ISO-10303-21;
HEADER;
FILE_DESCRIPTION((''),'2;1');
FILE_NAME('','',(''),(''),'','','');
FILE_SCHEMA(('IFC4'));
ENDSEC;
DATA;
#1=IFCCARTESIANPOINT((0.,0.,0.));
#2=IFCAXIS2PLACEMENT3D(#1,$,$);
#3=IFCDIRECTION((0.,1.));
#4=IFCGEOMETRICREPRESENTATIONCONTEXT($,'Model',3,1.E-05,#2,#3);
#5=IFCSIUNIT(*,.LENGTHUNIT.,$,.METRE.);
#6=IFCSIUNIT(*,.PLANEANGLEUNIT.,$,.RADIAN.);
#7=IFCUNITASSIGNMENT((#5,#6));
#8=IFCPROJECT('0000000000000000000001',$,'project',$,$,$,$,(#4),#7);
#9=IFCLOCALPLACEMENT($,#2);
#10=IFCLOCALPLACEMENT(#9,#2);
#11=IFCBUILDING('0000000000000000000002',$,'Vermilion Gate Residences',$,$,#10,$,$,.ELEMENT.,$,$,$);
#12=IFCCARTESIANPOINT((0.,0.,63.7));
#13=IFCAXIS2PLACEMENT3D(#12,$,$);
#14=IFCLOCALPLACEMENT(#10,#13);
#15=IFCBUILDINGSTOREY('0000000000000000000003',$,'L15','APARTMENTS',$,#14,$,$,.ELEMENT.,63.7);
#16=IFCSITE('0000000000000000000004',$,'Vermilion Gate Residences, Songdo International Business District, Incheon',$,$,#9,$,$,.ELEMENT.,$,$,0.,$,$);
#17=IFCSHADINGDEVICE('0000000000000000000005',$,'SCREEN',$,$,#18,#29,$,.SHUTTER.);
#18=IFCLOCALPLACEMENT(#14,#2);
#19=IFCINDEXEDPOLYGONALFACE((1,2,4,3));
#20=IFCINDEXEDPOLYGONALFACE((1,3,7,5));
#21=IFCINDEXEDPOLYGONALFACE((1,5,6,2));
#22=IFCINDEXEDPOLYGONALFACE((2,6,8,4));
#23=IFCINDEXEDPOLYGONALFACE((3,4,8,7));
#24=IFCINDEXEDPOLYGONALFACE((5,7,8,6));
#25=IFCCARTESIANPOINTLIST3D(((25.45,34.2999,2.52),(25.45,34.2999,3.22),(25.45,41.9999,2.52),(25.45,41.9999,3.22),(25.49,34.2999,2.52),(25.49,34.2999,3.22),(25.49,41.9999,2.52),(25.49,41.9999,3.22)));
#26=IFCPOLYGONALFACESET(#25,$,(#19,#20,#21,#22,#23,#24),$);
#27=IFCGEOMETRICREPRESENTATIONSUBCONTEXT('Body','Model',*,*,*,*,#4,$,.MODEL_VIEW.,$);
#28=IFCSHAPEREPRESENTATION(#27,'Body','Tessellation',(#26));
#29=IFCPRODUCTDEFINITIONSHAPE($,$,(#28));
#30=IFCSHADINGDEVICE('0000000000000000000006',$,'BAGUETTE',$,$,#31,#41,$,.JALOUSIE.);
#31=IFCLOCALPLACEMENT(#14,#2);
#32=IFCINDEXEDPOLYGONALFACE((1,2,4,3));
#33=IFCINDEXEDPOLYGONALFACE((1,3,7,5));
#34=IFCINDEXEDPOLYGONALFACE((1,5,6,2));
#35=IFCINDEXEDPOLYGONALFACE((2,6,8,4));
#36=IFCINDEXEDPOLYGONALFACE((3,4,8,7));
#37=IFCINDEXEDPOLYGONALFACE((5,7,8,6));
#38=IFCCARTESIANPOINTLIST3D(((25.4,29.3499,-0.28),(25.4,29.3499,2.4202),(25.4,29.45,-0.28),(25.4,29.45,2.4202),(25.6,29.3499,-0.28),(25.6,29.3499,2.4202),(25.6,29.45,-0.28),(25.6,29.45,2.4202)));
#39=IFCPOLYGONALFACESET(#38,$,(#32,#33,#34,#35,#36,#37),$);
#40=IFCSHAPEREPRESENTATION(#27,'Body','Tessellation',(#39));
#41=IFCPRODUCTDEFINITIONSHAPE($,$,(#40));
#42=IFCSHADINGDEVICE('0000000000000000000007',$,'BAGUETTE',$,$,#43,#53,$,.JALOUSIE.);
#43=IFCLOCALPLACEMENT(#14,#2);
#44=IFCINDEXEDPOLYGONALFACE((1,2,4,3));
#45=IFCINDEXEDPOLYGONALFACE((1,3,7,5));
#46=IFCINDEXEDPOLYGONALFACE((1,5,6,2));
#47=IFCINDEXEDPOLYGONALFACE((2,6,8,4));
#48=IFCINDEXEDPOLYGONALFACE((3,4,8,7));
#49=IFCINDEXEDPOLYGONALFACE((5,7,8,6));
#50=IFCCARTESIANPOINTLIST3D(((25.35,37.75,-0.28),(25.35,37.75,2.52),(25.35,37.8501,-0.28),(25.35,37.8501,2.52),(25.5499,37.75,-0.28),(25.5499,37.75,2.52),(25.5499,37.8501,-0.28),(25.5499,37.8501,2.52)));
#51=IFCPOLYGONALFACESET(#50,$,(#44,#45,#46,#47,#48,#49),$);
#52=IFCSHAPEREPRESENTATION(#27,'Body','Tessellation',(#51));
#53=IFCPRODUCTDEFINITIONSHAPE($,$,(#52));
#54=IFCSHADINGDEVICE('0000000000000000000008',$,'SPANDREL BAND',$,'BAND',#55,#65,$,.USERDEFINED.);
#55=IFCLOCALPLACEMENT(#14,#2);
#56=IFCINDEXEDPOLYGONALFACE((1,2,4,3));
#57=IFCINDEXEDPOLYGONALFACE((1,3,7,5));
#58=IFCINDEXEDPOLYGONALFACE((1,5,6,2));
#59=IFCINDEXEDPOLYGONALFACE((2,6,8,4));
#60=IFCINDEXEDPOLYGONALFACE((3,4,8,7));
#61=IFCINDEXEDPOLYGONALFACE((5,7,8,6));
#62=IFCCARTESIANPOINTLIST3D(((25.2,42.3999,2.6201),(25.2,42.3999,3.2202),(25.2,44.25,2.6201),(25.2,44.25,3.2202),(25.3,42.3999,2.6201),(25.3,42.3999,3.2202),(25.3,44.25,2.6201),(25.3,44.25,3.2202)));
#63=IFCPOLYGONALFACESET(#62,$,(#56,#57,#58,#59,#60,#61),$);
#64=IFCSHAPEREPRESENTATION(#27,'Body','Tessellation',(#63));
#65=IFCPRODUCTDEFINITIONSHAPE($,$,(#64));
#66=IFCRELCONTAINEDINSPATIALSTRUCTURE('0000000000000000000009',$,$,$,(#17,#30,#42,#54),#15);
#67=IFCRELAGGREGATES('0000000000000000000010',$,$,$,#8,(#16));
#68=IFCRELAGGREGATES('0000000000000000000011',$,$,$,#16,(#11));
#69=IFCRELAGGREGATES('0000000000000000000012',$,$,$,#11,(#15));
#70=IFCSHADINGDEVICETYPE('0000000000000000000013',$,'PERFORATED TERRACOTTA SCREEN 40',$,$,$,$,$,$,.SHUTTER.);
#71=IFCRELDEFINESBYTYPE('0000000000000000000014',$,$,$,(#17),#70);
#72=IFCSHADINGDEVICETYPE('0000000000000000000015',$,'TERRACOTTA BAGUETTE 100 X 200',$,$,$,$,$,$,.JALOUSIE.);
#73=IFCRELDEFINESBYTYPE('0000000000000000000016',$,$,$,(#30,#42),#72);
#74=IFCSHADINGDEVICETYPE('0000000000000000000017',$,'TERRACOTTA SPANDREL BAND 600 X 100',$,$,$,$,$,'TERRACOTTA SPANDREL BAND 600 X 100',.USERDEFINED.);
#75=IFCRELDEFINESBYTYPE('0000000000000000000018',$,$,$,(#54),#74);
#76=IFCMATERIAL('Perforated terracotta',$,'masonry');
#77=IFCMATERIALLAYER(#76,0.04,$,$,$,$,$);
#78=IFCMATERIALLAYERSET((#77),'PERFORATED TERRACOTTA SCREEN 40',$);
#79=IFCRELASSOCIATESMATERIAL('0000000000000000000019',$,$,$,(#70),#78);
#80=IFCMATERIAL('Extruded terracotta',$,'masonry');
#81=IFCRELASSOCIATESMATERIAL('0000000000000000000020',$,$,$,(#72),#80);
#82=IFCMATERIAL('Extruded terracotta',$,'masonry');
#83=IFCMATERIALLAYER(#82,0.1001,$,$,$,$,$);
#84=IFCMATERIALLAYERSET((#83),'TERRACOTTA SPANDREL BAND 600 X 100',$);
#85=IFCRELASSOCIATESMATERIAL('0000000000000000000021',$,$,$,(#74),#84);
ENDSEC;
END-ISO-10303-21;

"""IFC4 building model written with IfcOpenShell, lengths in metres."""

from ifc_helpers import new_model, si_unit, direction, frame, origin, origin_2d, place, context, subcontext, project, spatial, rectangle, extrude, material, layer, layer_set, material_profile, profile_set, type_object, element, save


model = new_model("IFC4")

# Units and contexts
model_context = context("Model", 3, precision=1e-05, world=origin(), true_north=direction((0.0, 1.0)))
body_context = subcontext(model_context, "Body", "Model", "MODEL_VIEW")
ifc_project = project(units=[si_unit("LENGTHUNIT", "METRE"), si_unit("PLANEANGLEUNIT", "RADIAN")], contexts=[model_context])

# Site, building, storey
site_placement = place(None, origin())
site = spatial("IfcSite", under=ifc_project, at=site_placement, Name="Vermilion Gate Residences, Songdo International Business District, Incheon", CompositionType="ELEMENT", RefElevation=0.0)
building_placement = place(site_placement, origin())
building = spatial("IfcBuilding", under=site, at=building_placement, Name="Vermilion Gate Residences", CompositionType="ELEMENT")
storey_placement = place(building_placement, frame((0.0, 0.0, 63.7)))
storey = spatial("IfcBuildingStorey", under=building, at=storey_placement, Name="L15", Description="APARTMENTS", CompositionType="ELEMENT", Elevation=63.7)

# Shading device
ifc_material_1 = material(Name="Perforated terracotta", Category="masonry")
ifc_layer_1 = layer(ifc_material_1, 0.04)
ifc_layer_set_1 = layer_set([ifc_layer_1], Name="PERFORATED TERRACOTTA SCREEN 40")
shading_device_type_1 = type_object("IfcShadingDeviceType", Name="PERFORATED TERRACOTTA SCREEN 40", PredefinedType="SHUTTER", material=ifc_layer_set_1)
shading_device_1_placement = place(storey_placement, frame((25.47, 38.1499, 2.52), z_axis=(0.0, 0.0, 1.0), x_axis=(0.0, 1.0, 0.0)))
element("IfcShadingDevice", 1, at=shading_device_1_placement, inside=storey, type_object=shading_device_type_1, Name="SCREEN", PredefinedType="SHUTTER", context=body_context, shape_type="SweptSolid", body=[
    extrude(rectangle(XDim=7.7, YDim=0.04, at=origin_2d()), origin(), (0.0, 0.0, 1.0), 0.7),
])

# Shading devices
ifc_material_2 = material(Name="Extruded terracotta", Category="masonry")
ifc_material_profile_1 = material_profile(ifc_material_2, rectangle(XDim=0.2, YDim=0.1001, at=origin_2d()), Name="BAGUETTE 100 X 200")
ifc_profile_set_1 = profile_set([ifc_material_profile_1], Name="Extruded terracotta")
shading_device_type_2 = type_object("IfcShadingDeviceType", Name="TERRACOTTA BAGUETTE 100 X 200", PredefinedType="JALOUSIE", material=ifc_profile_set_1)
shading_device_2_placement = place(storey_placement, frame((25.5, 29.3999, -0.28), z_axis=(0.0, 0.0, 1.0), x_axis=(-1.0, 0.0, 0.0)))
element("IfcShadingDevice", 2, at=shading_device_2_placement, inside=storey, type_object=shading_device_type_2, Name="BAGUETTE", PredefinedType="JALOUSIE", context=body_context, shape_type="SweptSolid", body=[
    extrude(rectangle(XDim=0.2, YDim=0.1001, at=origin_2d()), origin(), (0.0, 0.0, 1.0), 2.7002),
])
shading_device_3_placement = place(storey_placement, frame((25.45, 37.8, -0.28), z_axis=(0.0, 0.0, 1.0), x_axis=(-1.0, 0.0, 0.0)))
element("IfcShadingDevice", 3, at=shading_device_3_placement, inside=storey, type_object=shading_device_type_2, Name="BAGUETTE", PredefinedType="JALOUSIE", context=body_context, shape_type="SweptSolid", body=[
    extrude(rectangle(XDim=0.2, YDim=0.1001, at=origin_2d()), origin(), (0.0, 0.0, 1.0), 2.8),
])
ifc_material_3 = material(Name="Extruded terracotta", Category="masonry")
ifc_layer_2 = layer(ifc_material_3, 0.1001)
ifc_layer_set_2 = layer_set([ifc_layer_2], Name="TERRACOTTA SPANDREL BAND 600 X 100")
shading_device_type_3 = type_object("IfcShadingDeviceType", Name="TERRACOTTA SPANDREL BAND 600 X 100", ElementType="TERRACOTTA SPANDREL BAND 600 X 100", PredefinedType="USERDEFINED", material=ifc_layer_set_2)
shading_device_4_placement = place(storey_placement, frame((25.25, 43.325, 2.6201), z_axis=(0.0, 0.0, 1.0), x_axis=(0.0, 1.0, 0.0)))
element("IfcShadingDevice", 4, at=shading_device_4_placement, inside=storey, type_object=shading_device_type_3, Name="SPANDREL BAND", ObjectType="BAND", PredefinedType="USERDEFINED", context=body_context, shape_type="SweptSolid", body=[
    extrude(rectangle(XDim=1.8501, YDim=0.1001, at=origin_2d()), origin(), (0.0, 0.0, 1.0), 0.6001),
])

save(model, "model.ifc")
